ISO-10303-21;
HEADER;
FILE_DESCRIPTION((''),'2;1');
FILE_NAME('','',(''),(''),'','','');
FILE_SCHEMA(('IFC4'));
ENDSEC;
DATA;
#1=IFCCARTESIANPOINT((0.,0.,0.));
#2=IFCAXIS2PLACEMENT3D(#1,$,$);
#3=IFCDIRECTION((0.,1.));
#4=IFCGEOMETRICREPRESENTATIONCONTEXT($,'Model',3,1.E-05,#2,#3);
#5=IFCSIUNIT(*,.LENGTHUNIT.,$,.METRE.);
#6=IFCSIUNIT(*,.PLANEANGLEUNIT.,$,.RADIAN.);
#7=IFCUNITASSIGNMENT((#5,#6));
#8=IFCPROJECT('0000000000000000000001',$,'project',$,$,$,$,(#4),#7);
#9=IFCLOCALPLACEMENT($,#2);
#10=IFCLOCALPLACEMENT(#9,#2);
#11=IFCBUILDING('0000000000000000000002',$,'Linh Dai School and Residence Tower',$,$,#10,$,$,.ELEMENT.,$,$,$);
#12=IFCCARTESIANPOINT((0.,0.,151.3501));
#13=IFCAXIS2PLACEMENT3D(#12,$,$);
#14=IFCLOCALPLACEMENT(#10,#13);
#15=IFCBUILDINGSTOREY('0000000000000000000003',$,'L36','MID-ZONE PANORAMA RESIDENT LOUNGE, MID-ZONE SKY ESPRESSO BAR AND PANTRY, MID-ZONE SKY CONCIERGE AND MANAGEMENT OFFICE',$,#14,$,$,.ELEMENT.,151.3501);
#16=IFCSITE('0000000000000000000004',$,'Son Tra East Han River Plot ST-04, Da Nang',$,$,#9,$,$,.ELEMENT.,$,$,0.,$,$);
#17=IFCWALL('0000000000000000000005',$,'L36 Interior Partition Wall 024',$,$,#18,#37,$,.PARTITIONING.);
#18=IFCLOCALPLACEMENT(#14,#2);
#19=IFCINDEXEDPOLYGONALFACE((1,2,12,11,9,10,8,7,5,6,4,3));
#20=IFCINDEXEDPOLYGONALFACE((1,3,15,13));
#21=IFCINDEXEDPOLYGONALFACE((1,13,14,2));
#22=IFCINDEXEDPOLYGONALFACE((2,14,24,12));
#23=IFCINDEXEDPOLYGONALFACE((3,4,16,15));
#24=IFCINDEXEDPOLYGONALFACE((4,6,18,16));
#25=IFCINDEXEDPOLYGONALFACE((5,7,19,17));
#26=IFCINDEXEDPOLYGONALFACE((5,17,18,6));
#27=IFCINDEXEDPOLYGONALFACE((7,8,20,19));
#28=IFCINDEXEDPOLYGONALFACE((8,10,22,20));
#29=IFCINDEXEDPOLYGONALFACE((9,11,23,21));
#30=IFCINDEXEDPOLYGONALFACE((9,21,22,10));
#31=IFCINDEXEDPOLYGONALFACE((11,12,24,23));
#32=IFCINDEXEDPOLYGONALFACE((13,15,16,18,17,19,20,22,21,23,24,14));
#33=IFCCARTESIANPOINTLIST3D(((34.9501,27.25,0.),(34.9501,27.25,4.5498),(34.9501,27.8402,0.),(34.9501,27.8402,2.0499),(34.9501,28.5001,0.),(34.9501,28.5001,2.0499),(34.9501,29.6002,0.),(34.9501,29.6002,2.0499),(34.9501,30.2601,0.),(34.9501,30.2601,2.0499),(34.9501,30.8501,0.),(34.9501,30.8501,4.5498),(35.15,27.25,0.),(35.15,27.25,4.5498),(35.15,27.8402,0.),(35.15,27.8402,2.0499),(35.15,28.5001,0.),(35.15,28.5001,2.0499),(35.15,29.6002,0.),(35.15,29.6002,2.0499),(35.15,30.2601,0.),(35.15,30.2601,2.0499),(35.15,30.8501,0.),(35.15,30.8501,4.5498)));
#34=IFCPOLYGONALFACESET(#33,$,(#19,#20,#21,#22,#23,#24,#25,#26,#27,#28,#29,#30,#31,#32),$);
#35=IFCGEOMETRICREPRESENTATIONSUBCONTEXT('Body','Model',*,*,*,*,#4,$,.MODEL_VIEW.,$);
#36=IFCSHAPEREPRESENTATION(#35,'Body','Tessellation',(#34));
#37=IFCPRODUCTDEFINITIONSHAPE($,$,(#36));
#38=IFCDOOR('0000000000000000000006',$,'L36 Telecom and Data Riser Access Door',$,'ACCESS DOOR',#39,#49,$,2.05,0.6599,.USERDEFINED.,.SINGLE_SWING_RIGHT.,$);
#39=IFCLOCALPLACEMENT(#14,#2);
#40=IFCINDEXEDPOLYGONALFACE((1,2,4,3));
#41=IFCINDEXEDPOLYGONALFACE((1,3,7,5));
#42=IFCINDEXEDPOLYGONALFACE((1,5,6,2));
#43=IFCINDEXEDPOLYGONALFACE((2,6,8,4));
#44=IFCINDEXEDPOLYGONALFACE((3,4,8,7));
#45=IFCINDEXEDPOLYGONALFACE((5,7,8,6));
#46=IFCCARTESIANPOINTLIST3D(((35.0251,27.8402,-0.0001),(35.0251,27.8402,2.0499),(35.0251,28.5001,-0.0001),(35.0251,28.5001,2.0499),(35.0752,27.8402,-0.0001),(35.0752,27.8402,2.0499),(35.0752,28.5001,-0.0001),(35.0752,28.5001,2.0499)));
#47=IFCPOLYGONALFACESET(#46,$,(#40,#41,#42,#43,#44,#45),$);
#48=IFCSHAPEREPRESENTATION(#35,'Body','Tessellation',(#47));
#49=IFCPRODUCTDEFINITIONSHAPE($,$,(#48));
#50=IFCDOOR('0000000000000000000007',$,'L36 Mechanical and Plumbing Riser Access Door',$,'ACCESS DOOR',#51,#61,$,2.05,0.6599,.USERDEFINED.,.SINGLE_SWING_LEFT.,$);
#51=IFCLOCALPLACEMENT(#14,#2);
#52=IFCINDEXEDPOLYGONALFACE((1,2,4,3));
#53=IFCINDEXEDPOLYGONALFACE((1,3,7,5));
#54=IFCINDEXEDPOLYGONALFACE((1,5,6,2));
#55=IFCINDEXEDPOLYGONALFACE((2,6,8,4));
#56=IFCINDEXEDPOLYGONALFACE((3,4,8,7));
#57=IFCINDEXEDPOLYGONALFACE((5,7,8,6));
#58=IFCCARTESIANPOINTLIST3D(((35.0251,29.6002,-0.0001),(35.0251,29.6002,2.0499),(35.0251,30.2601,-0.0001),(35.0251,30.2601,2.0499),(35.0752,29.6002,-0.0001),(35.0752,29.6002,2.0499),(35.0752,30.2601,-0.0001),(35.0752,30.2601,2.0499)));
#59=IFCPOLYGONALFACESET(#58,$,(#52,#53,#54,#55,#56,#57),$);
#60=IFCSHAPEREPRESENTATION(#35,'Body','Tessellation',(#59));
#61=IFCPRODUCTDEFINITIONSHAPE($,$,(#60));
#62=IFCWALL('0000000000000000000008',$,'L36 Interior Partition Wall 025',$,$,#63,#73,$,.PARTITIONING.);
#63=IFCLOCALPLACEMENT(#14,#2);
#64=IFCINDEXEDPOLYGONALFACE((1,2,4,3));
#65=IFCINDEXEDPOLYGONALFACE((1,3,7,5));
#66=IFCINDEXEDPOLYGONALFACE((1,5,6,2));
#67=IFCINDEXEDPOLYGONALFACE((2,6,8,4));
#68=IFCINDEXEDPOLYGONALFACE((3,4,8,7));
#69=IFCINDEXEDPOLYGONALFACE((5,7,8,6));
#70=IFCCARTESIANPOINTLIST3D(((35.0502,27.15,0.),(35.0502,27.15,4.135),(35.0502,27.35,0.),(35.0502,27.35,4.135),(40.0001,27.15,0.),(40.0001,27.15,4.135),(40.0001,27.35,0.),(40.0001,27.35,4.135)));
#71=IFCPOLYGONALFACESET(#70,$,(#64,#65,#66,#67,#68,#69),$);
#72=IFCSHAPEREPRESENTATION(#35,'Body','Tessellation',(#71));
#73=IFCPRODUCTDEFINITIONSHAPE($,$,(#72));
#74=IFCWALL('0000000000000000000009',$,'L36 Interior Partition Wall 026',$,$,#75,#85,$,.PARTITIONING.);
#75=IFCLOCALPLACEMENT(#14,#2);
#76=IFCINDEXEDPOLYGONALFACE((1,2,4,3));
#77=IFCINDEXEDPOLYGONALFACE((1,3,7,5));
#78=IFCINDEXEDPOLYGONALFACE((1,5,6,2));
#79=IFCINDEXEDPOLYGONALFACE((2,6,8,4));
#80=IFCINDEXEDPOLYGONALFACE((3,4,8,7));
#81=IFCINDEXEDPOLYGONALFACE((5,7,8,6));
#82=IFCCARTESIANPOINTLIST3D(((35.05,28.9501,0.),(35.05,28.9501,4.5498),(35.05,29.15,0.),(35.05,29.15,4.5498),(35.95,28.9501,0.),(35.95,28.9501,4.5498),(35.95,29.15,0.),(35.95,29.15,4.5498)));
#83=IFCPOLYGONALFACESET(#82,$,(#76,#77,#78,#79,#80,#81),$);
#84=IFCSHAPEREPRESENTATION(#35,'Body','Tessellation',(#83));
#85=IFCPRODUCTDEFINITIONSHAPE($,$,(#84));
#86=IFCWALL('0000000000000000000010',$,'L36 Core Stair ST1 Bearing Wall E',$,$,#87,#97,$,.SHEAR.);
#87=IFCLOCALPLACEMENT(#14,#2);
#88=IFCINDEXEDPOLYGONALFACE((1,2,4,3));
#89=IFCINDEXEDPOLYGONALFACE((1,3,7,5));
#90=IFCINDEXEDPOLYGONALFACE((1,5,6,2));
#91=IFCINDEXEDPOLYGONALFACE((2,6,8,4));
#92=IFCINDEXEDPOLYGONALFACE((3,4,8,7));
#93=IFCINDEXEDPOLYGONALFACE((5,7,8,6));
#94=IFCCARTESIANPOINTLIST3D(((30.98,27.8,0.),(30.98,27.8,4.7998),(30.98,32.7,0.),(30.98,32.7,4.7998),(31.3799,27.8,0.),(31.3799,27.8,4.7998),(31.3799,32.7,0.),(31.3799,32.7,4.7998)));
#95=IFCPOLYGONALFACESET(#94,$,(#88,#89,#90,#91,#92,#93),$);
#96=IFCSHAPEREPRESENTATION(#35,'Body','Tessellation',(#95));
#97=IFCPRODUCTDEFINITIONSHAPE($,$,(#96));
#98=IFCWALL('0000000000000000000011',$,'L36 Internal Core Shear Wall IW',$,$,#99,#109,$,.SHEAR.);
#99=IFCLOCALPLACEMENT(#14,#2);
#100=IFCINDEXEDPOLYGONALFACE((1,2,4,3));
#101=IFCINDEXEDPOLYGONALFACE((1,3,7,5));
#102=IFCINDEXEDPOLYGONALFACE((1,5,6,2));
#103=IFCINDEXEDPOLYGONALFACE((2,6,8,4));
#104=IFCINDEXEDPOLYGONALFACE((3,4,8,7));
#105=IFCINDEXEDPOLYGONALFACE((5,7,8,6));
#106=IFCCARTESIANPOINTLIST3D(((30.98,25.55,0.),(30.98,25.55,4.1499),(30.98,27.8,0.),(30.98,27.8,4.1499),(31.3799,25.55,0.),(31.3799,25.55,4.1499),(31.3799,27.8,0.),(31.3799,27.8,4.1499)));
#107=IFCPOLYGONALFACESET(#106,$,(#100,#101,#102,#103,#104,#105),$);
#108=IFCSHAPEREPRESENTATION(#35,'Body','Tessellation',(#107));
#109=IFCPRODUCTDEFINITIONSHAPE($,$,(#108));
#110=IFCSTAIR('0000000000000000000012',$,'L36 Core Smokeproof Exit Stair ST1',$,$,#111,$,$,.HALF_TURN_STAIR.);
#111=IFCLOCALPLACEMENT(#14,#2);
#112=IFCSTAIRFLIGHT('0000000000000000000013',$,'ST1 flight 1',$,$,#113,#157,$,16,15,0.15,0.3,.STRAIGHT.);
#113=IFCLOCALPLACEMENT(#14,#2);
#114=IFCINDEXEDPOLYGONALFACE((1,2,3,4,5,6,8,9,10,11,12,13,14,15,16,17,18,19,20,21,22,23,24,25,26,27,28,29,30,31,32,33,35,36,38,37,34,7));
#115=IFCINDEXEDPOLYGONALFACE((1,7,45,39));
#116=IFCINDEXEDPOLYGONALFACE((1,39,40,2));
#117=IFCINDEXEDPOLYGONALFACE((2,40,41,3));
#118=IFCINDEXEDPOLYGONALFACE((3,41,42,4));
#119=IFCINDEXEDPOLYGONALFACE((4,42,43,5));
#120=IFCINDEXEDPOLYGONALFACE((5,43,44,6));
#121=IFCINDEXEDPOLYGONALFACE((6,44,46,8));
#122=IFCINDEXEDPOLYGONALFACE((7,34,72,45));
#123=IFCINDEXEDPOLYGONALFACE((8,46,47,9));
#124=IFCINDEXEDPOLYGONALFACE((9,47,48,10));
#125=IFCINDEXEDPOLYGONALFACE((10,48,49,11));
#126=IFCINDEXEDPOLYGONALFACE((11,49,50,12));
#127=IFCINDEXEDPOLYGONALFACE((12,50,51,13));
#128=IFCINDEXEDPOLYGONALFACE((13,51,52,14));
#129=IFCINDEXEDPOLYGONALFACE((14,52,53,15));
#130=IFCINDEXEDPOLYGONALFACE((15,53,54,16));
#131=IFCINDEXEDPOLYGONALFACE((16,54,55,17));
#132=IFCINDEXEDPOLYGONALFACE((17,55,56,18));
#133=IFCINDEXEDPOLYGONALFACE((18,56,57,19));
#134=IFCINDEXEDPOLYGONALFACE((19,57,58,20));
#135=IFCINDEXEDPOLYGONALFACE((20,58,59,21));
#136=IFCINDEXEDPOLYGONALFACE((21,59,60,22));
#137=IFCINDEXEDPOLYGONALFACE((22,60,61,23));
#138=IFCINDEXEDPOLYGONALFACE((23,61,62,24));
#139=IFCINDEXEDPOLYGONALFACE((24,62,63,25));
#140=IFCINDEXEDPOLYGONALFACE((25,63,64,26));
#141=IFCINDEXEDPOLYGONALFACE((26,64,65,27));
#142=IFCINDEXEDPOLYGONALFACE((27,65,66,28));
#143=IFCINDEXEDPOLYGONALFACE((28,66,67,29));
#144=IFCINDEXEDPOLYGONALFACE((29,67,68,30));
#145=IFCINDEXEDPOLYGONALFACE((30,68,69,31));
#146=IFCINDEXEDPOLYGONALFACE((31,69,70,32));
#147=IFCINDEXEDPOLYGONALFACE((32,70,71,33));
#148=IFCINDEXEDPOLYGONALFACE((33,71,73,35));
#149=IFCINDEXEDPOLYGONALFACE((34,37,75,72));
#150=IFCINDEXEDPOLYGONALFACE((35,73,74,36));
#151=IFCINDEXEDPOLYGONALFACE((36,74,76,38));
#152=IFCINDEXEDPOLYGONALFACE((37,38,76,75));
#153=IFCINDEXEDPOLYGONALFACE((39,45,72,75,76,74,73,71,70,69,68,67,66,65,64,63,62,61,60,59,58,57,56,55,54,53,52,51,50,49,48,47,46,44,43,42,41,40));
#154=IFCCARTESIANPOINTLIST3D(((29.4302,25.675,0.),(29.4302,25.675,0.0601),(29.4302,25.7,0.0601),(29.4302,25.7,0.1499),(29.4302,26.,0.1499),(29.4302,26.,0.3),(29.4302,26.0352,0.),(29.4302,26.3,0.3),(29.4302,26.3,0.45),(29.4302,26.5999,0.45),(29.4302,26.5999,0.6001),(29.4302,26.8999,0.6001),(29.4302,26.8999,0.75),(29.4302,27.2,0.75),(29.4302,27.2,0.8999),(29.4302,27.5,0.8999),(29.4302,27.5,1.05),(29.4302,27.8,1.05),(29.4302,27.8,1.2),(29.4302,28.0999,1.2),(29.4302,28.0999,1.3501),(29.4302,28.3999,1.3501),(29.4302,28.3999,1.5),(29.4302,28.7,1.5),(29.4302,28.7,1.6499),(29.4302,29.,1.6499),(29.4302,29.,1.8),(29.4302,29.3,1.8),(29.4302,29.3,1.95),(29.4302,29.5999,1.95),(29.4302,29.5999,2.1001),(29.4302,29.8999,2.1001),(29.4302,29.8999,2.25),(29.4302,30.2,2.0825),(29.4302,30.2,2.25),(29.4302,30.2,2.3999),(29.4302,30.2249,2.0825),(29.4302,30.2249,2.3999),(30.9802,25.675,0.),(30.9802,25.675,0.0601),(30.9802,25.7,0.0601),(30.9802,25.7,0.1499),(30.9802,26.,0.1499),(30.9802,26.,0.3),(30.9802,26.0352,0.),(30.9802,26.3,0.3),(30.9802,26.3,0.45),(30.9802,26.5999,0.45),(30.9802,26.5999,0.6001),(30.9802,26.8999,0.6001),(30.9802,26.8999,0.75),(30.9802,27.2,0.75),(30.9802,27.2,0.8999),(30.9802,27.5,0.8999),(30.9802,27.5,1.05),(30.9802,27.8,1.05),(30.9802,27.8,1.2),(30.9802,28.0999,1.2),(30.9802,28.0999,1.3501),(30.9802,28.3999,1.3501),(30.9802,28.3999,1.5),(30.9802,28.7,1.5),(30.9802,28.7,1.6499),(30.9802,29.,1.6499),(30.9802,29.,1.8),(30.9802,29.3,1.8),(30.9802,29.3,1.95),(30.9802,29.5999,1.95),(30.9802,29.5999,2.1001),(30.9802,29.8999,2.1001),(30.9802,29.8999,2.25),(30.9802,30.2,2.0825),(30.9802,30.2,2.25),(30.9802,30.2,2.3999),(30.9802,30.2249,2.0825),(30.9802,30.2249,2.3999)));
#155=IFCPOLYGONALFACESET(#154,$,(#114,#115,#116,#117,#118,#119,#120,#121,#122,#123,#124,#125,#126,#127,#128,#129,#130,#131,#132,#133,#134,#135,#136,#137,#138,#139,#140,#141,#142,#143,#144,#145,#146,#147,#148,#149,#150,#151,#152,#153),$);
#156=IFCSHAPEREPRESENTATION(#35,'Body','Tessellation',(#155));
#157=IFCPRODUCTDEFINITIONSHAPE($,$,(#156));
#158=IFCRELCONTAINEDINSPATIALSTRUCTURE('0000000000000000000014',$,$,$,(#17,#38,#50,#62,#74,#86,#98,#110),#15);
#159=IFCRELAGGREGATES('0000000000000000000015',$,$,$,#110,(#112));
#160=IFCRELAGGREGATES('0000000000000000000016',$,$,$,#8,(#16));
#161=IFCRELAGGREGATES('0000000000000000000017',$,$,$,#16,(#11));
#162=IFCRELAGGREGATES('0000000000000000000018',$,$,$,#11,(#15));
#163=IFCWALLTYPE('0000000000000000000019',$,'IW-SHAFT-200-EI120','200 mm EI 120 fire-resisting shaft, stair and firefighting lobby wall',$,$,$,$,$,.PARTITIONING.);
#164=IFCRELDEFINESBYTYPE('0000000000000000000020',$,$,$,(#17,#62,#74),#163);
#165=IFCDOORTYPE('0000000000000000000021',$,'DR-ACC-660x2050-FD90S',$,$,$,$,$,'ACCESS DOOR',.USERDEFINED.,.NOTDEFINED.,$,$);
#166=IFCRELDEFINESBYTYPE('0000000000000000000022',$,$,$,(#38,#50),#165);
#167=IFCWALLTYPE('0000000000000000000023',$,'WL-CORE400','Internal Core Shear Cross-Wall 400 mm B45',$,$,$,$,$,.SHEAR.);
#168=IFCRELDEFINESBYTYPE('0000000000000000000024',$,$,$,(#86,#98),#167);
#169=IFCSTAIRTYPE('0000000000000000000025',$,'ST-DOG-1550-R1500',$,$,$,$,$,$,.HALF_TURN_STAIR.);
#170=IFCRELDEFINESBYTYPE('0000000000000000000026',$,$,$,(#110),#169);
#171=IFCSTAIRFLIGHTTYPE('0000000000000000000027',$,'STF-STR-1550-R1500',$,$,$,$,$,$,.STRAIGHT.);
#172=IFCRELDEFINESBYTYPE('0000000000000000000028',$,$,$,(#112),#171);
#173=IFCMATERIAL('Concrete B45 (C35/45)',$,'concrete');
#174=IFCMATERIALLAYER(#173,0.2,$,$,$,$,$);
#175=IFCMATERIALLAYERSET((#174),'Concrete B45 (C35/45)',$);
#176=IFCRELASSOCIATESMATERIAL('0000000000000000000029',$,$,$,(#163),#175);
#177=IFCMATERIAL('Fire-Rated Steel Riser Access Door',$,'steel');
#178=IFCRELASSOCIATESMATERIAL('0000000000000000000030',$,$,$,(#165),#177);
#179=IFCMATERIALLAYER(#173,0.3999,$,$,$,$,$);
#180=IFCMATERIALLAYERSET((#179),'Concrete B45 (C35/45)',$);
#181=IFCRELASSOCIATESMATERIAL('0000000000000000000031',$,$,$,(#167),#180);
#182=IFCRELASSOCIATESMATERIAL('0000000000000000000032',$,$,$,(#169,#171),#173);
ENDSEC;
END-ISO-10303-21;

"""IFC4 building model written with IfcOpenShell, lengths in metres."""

from ifc_helpers import new_model, si_unit, direction, frame, frame_2d, origin, origin_2d, place, context, subcontext, project, spatial, polyline, rectangle, outline, extrude, source, transform, mapped, material, layer, layer_set, type_object, element, fill, aggregate, save


model = new_model("IFC4")

# Units and contexts
model_context = context("Model", 3, precision=1e-05, world=origin(), true_north=direction((0.0, 1.0)))
body_context = subcontext(model_context, "Body", "Model", "MODEL_VIEW")
ifc_project = project(units=[si_unit("LENGTHUNIT", "METRE"), si_unit("PLANEANGLEUNIT", "RADIAN")], contexts=[model_context])

# Site, building, storey
site_placement = place(None, origin())
site = spatial("IfcSite", under=ifc_project, at=site_placement, Name="Son Tra East Han River Plot ST-04, Da Nang", CompositionType="ELEMENT", RefElevation=0.0)
building_placement = place(site_placement, origin())
building = spatial("IfcBuilding", under=site, at=building_placement, Name="Linh Dai School and Residence Tower", CompositionType="ELEMENT")
storey_placement = place(building_placement, frame((0.0, 0.0, 151.3501)))
storey = spatial("IfcBuildingStorey", under=building, at=storey_placement, Name="L36", Description="MID-ZONE PANORAMA RESIDENT LOUNGE, MID-ZONE SKY ESPRESSO BAR AND PANTRY, MID-ZONE SKY CONCIERGE AND MANAGEMENT OFFICE", CompositionType="ELEMENT", Elevation=151.3501)

# Shared definitions
ifc_material_1 = material(Name="Concrete B45 (C35/45)", Category="concrete")
ifc_layer_1 = layer(ifc_material_1, 0.2)
ifc_layer_set_1 = layer_set([ifc_layer_1], Name="Concrete B45 (C35/45)")
wall_type_1 = type_object("IfcWallType", Name="IW-SHAFT-200-EI120", Description="200 mm EI 120 fire-resisting shaft, stair and firefighting lobby wall", PredefinedType="PARTITIONING", material=ifc_layer_set_1)

# Wall, openings, doors
wall_1_placement = place(storey_placement, frame((35.05, 27.25, 0.0), z_axis=(0.0, 0.0, 1.0), x_axis=(0.0, 1.0, 0.0)))
wall_1 = element("IfcWall", 1, at=wall_1_placement, inside=storey, type_object=wall_type_1, Name="L36 Interior Partition Wall 024", PredefinedType="PARTITIONING", context=body_context, shape_type="SweptSolid", body=[
    extrude(rectangle(XDim=3.6001, YDim=0.2, at=frame_2d((1.8, 0.0))), origin(), (0.0, 0.0, 1.0), 4.5498),
])
opening_1_placement = place(wall_1_placement, frame((0.5901, 0.0, 0.0)))
opening_1 = element("IfcOpeningElement", 2, at=opening_1_placement, cuts=wall_1, PredefinedType="OPENING", context=body_context, shape_type="SweptSolid", body=[
    extrude(rectangle(XDim=0.6599, YDim=2.05, at=origin_2d()), frame((0.3301, 0.1099, 1.0249), z_axis=(0.0, -1.0, 0.0), x_axis=(1.0, 0.0, 0.0)), (0.0, 0.0, 1.0), 0.22),
])
opening_2_placement = place(wall_1_placement, frame((2.3501, 0.0, 0.0)))
opening_2 = element("IfcOpeningElement", 3, at=opening_2_placement, cuts=wall_1, PredefinedType="OPENING", context=body_context, shape_type="SweptSolid", body=[
    extrude(rectangle(XDim=0.6599, YDim=2.05, at=origin_2d()), frame((0.3301, 0.1099, 1.0249), z_axis=(0.0, -1.0, 0.0), x_axis=(1.0, 0.0, 0.0)), (0.0, 0.0, 1.0), 0.22),
])
ifc_material_2 = material(Name="Fire-Rated Steel Riser Access Door", Category="steel")
door_type = type_object("IfcDoorType", Name="DR-ACC-660x2050-FD90S", ElementType="ACCESS DOOR", OperationType="NOTDEFINED", PredefinedType="USERDEFINED", material=ifc_material_2)
shared_shape_1 = source(origin(), body_context, "Body", "SweptSolid", [
    extrude(rectangle(XDim=0.6599, YDim=2.05, at=origin_2d()), frame((0.3301, 0.0249, 1.0249), z_axis=(0.0, -1.0, 0.0), x_axis=(1.0, 0.0, 0.0)), (0.0, 0.0, 1.0), 0.05),
])
door_1_placement = place(opening_1_placement, origin())
door_1 = element("IfcDoor", 4, at=door_1_placement, inside=storey, type_object=door_type, Name="L36 Telecom and Data Riser Access Door", ObjectType="ACCESS DOOR", OperationType="SINGLE_SWING_RIGHT", OverallHeight=2.05, OverallWidth=0.6599, PredefinedType="USERDEFINED", context=body_context, shape_type="MappedRepresentation", body=[
    mapped(shared_shape_1, transform((0.0, 0.0, 0.0), x_axis=(1.0, 0.0, 0.0), y_axis=(0.0, 1.0, 0.0), z_axis=(0.0, 0.0, 1.0), scale=1.0)),
])
fill(opening_1, door_1)
door_2_placement = place(opening_2_placement, origin())
door_2 = element("IfcDoor", 5, at=door_2_placement, inside=storey, type_object=door_type, Name="L36 Mechanical and Plumbing Riser Access Door", ObjectType="ACCESS DOOR", OperationType="SINGLE_SWING_LEFT", OverallHeight=2.05, OverallWidth=0.6599, PredefinedType="USERDEFINED", context=body_context, shape_type="MappedRepresentation", body=[
    mapped(shared_shape_1, transform((0.0, 0.0, 0.0), x_axis=(1.0, 0.0, 0.0), y_axis=(0.0, 1.0, 0.0), z_axis=(0.0, 0.0, 1.0), scale=1.0)),
])
fill(opening_2, door_2)

# Walls
wall_2_placement = place(storey_placement, frame((35.05, 27.25, 0.0), z_axis=(0.0, 0.0, 1.0), x_axis=(1.0, 0.0, 0.0)))
element("IfcWall", 6, at=wall_2_placement, inside=storey, type_object=wall_type_1, Name="L36 Interior Partition Wall 025", PredefinedType="PARTITIONING", context=body_context, shape_type="SweptSolid", body=[
    extrude(rectangle(XDim=4.95, YDim=0.2, at=frame_2d((2.4751, 0.0))), origin(), (0.0, 0.0, 1.0), 4.135),
])
wall_3_placement = place(storey_placement, frame((35.05, 29.05, 0.0), z_axis=(0.0, 0.0, 1.0), x_axis=(1.0, 0.0, 0.0)))
element("IfcWall", 7, at=wall_3_placement, inside=storey, type_object=wall_type_1, Name="L36 Interior Partition Wall 026", PredefinedType="PARTITIONING", context=body_context, shape_type="SweptSolid", body=[
    extrude(rectangle(XDim=0.8999, YDim=0.2, at=frame_2d((0.45, 0.0))), origin(), (0.0, 0.0, 1.0), 4.5498),
])
ifc_layer_2 = layer(ifc_material_1, 0.3999)
ifc_layer_set_2 = layer_set([ifc_layer_2], Name="Concrete B45 (C35/45)")
wall_type_2 = type_object("IfcWallType", Name="WL-CORE400", Description="Internal Core Shear Cross-Wall 400 mm B45", PredefinedType="SHEAR", material=ifc_layer_set_2)
wall_4_placement = place(storey_placement, frame((31.1799, 27.8, 0.0), z_axis=(0.0, 0.0, 1.0), x_axis=(0.0, 1.0, 0.0)))
element("IfcWall", 8, at=wall_4_placement, inside=storey, type_object=wall_type_2, Name="L36 Core Stair ST1 Bearing Wall E", PredefinedType="SHEAR", context=body_context, shape_type="SweptSolid", body=[
    extrude(rectangle(XDim=4.8999, YDim=0.3999, at=frame_2d((2.45, 0.0))), origin(), (0.0, 0.0, 1.0), 4.7998),
])
wall_5_placement = place(storey_placement, frame((31.1799, 25.55, 0.0), z_axis=(0.0, 0.0, 1.0), x_axis=(0.0, 1.0, 0.0)))
element("IfcWall", 9, at=wall_5_placement, inside=storey, type_object=wall_type_2, Name="L36 Internal Core Shear Wall IW", PredefinedType="SHEAR", context=body_context, shape_type="SweptSolid", body=[
    extrude(rectangle(XDim=2.25, YDim=0.3999, at=frame_2d((1.125, 0.0))), origin(), (0.0, 0.0, 1.0), 4.1499),
])

# Stair, stair flight
stair_type = type_object("IfcStairType", Name="ST-DOG-1550-R1500", PredefinedType="HALF_TURN_STAIR", material=ifc_material_1)
stair_placement = place(storey_placement, origin())
stair = element("IfcStair", 10, at=stair_placement, inside=storey, type_object=stair_type, Name="L36 Core Smokeproof Exit Stair ST1", PredefinedType="HALF_TURN_STAIR")
stair_flight_type = type_object("IfcStairFlightType", Name="STF-STR-1550-R1500", PredefinedType="STRAIGHT", material=ifc_material_1)
shared_shape_2 = source(origin(), body_context, "Body", "SweptSolid", [
    extrude(outline(polyline([(-0.0249, 0.0), (-0.0249, 0.0601), (0.0, 0.0601), (0.0, 0.1499), (0.3, 0.1499), (0.3, 0.3), (0.6001, 0.3), (0.6001, 0.45), (0.8999, 0.45), (0.8999, 0.6001), (1.2, 0.6001), (1.2, 0.75), (1.5, 0.75), (1.5, 0.8999), (1.8, 0.8999), (1.8, 1.05), (2.1001, 1.05), (2.1001, 1.2), (2.3999, 1.2), (2.3999, 1.3501), (2.7, 1.3501), (2.7, 1.5), (3.0, 1.5), (3.0, 1.6499), (3.3, 1.6499), (3.3, 1.8), (3.6001, 1.8), (3.6001, 1.95), (3.8999, 1.95), (3.8999, 2.1001), (4.2, 2.1001), (4.2, 2.25), (4.5, 2.25), (4.5, 2.3999), (4.5249, 2.3999), (4.5249, 2.0825), (4.5, 2.0825), (0.3352, 0.0), (-0.0249, 0.0)])), frame((0.0, 0.7749, 0.0), z_axis=(0.0, -1.0, 0.0), x_axis=(1.0, 0.0, 0.0)), (0.0, 0.0, 1.0), 1.55),
])
stair_flight_1_placement = place(storey_placement, frame((30.2051, 25.7, 0.0), z_axis=(0.0, 0.0, 1.0), x_axis=(0.0, 1.0, 0.0)))
stair_flight_1 = element("IfcStairFlight", 11, at=stair_flight_1_placement, type_object=stair_flight_type, Name="ST1 flight 1", NumberOfRisers=16, NumberOfTreads=15, PredefinedType="STRAIGHT", RiserHeight=0.15, TreadLength=0.3, context=body_context, shape_type="MappedRepresentation", body=[
    mapped(shared_shape_2, transform((0.0, 0.0, 0.0), x_axis=(1.0, 0.0, 0.0), y_axis=(0.0, 1.0, 0.0), z_axis=(0.0, 0.0, 1.0), scale=1.0)),
])
aggregate(stair, [stair_flight_1])

save(model, "model.ifc")
